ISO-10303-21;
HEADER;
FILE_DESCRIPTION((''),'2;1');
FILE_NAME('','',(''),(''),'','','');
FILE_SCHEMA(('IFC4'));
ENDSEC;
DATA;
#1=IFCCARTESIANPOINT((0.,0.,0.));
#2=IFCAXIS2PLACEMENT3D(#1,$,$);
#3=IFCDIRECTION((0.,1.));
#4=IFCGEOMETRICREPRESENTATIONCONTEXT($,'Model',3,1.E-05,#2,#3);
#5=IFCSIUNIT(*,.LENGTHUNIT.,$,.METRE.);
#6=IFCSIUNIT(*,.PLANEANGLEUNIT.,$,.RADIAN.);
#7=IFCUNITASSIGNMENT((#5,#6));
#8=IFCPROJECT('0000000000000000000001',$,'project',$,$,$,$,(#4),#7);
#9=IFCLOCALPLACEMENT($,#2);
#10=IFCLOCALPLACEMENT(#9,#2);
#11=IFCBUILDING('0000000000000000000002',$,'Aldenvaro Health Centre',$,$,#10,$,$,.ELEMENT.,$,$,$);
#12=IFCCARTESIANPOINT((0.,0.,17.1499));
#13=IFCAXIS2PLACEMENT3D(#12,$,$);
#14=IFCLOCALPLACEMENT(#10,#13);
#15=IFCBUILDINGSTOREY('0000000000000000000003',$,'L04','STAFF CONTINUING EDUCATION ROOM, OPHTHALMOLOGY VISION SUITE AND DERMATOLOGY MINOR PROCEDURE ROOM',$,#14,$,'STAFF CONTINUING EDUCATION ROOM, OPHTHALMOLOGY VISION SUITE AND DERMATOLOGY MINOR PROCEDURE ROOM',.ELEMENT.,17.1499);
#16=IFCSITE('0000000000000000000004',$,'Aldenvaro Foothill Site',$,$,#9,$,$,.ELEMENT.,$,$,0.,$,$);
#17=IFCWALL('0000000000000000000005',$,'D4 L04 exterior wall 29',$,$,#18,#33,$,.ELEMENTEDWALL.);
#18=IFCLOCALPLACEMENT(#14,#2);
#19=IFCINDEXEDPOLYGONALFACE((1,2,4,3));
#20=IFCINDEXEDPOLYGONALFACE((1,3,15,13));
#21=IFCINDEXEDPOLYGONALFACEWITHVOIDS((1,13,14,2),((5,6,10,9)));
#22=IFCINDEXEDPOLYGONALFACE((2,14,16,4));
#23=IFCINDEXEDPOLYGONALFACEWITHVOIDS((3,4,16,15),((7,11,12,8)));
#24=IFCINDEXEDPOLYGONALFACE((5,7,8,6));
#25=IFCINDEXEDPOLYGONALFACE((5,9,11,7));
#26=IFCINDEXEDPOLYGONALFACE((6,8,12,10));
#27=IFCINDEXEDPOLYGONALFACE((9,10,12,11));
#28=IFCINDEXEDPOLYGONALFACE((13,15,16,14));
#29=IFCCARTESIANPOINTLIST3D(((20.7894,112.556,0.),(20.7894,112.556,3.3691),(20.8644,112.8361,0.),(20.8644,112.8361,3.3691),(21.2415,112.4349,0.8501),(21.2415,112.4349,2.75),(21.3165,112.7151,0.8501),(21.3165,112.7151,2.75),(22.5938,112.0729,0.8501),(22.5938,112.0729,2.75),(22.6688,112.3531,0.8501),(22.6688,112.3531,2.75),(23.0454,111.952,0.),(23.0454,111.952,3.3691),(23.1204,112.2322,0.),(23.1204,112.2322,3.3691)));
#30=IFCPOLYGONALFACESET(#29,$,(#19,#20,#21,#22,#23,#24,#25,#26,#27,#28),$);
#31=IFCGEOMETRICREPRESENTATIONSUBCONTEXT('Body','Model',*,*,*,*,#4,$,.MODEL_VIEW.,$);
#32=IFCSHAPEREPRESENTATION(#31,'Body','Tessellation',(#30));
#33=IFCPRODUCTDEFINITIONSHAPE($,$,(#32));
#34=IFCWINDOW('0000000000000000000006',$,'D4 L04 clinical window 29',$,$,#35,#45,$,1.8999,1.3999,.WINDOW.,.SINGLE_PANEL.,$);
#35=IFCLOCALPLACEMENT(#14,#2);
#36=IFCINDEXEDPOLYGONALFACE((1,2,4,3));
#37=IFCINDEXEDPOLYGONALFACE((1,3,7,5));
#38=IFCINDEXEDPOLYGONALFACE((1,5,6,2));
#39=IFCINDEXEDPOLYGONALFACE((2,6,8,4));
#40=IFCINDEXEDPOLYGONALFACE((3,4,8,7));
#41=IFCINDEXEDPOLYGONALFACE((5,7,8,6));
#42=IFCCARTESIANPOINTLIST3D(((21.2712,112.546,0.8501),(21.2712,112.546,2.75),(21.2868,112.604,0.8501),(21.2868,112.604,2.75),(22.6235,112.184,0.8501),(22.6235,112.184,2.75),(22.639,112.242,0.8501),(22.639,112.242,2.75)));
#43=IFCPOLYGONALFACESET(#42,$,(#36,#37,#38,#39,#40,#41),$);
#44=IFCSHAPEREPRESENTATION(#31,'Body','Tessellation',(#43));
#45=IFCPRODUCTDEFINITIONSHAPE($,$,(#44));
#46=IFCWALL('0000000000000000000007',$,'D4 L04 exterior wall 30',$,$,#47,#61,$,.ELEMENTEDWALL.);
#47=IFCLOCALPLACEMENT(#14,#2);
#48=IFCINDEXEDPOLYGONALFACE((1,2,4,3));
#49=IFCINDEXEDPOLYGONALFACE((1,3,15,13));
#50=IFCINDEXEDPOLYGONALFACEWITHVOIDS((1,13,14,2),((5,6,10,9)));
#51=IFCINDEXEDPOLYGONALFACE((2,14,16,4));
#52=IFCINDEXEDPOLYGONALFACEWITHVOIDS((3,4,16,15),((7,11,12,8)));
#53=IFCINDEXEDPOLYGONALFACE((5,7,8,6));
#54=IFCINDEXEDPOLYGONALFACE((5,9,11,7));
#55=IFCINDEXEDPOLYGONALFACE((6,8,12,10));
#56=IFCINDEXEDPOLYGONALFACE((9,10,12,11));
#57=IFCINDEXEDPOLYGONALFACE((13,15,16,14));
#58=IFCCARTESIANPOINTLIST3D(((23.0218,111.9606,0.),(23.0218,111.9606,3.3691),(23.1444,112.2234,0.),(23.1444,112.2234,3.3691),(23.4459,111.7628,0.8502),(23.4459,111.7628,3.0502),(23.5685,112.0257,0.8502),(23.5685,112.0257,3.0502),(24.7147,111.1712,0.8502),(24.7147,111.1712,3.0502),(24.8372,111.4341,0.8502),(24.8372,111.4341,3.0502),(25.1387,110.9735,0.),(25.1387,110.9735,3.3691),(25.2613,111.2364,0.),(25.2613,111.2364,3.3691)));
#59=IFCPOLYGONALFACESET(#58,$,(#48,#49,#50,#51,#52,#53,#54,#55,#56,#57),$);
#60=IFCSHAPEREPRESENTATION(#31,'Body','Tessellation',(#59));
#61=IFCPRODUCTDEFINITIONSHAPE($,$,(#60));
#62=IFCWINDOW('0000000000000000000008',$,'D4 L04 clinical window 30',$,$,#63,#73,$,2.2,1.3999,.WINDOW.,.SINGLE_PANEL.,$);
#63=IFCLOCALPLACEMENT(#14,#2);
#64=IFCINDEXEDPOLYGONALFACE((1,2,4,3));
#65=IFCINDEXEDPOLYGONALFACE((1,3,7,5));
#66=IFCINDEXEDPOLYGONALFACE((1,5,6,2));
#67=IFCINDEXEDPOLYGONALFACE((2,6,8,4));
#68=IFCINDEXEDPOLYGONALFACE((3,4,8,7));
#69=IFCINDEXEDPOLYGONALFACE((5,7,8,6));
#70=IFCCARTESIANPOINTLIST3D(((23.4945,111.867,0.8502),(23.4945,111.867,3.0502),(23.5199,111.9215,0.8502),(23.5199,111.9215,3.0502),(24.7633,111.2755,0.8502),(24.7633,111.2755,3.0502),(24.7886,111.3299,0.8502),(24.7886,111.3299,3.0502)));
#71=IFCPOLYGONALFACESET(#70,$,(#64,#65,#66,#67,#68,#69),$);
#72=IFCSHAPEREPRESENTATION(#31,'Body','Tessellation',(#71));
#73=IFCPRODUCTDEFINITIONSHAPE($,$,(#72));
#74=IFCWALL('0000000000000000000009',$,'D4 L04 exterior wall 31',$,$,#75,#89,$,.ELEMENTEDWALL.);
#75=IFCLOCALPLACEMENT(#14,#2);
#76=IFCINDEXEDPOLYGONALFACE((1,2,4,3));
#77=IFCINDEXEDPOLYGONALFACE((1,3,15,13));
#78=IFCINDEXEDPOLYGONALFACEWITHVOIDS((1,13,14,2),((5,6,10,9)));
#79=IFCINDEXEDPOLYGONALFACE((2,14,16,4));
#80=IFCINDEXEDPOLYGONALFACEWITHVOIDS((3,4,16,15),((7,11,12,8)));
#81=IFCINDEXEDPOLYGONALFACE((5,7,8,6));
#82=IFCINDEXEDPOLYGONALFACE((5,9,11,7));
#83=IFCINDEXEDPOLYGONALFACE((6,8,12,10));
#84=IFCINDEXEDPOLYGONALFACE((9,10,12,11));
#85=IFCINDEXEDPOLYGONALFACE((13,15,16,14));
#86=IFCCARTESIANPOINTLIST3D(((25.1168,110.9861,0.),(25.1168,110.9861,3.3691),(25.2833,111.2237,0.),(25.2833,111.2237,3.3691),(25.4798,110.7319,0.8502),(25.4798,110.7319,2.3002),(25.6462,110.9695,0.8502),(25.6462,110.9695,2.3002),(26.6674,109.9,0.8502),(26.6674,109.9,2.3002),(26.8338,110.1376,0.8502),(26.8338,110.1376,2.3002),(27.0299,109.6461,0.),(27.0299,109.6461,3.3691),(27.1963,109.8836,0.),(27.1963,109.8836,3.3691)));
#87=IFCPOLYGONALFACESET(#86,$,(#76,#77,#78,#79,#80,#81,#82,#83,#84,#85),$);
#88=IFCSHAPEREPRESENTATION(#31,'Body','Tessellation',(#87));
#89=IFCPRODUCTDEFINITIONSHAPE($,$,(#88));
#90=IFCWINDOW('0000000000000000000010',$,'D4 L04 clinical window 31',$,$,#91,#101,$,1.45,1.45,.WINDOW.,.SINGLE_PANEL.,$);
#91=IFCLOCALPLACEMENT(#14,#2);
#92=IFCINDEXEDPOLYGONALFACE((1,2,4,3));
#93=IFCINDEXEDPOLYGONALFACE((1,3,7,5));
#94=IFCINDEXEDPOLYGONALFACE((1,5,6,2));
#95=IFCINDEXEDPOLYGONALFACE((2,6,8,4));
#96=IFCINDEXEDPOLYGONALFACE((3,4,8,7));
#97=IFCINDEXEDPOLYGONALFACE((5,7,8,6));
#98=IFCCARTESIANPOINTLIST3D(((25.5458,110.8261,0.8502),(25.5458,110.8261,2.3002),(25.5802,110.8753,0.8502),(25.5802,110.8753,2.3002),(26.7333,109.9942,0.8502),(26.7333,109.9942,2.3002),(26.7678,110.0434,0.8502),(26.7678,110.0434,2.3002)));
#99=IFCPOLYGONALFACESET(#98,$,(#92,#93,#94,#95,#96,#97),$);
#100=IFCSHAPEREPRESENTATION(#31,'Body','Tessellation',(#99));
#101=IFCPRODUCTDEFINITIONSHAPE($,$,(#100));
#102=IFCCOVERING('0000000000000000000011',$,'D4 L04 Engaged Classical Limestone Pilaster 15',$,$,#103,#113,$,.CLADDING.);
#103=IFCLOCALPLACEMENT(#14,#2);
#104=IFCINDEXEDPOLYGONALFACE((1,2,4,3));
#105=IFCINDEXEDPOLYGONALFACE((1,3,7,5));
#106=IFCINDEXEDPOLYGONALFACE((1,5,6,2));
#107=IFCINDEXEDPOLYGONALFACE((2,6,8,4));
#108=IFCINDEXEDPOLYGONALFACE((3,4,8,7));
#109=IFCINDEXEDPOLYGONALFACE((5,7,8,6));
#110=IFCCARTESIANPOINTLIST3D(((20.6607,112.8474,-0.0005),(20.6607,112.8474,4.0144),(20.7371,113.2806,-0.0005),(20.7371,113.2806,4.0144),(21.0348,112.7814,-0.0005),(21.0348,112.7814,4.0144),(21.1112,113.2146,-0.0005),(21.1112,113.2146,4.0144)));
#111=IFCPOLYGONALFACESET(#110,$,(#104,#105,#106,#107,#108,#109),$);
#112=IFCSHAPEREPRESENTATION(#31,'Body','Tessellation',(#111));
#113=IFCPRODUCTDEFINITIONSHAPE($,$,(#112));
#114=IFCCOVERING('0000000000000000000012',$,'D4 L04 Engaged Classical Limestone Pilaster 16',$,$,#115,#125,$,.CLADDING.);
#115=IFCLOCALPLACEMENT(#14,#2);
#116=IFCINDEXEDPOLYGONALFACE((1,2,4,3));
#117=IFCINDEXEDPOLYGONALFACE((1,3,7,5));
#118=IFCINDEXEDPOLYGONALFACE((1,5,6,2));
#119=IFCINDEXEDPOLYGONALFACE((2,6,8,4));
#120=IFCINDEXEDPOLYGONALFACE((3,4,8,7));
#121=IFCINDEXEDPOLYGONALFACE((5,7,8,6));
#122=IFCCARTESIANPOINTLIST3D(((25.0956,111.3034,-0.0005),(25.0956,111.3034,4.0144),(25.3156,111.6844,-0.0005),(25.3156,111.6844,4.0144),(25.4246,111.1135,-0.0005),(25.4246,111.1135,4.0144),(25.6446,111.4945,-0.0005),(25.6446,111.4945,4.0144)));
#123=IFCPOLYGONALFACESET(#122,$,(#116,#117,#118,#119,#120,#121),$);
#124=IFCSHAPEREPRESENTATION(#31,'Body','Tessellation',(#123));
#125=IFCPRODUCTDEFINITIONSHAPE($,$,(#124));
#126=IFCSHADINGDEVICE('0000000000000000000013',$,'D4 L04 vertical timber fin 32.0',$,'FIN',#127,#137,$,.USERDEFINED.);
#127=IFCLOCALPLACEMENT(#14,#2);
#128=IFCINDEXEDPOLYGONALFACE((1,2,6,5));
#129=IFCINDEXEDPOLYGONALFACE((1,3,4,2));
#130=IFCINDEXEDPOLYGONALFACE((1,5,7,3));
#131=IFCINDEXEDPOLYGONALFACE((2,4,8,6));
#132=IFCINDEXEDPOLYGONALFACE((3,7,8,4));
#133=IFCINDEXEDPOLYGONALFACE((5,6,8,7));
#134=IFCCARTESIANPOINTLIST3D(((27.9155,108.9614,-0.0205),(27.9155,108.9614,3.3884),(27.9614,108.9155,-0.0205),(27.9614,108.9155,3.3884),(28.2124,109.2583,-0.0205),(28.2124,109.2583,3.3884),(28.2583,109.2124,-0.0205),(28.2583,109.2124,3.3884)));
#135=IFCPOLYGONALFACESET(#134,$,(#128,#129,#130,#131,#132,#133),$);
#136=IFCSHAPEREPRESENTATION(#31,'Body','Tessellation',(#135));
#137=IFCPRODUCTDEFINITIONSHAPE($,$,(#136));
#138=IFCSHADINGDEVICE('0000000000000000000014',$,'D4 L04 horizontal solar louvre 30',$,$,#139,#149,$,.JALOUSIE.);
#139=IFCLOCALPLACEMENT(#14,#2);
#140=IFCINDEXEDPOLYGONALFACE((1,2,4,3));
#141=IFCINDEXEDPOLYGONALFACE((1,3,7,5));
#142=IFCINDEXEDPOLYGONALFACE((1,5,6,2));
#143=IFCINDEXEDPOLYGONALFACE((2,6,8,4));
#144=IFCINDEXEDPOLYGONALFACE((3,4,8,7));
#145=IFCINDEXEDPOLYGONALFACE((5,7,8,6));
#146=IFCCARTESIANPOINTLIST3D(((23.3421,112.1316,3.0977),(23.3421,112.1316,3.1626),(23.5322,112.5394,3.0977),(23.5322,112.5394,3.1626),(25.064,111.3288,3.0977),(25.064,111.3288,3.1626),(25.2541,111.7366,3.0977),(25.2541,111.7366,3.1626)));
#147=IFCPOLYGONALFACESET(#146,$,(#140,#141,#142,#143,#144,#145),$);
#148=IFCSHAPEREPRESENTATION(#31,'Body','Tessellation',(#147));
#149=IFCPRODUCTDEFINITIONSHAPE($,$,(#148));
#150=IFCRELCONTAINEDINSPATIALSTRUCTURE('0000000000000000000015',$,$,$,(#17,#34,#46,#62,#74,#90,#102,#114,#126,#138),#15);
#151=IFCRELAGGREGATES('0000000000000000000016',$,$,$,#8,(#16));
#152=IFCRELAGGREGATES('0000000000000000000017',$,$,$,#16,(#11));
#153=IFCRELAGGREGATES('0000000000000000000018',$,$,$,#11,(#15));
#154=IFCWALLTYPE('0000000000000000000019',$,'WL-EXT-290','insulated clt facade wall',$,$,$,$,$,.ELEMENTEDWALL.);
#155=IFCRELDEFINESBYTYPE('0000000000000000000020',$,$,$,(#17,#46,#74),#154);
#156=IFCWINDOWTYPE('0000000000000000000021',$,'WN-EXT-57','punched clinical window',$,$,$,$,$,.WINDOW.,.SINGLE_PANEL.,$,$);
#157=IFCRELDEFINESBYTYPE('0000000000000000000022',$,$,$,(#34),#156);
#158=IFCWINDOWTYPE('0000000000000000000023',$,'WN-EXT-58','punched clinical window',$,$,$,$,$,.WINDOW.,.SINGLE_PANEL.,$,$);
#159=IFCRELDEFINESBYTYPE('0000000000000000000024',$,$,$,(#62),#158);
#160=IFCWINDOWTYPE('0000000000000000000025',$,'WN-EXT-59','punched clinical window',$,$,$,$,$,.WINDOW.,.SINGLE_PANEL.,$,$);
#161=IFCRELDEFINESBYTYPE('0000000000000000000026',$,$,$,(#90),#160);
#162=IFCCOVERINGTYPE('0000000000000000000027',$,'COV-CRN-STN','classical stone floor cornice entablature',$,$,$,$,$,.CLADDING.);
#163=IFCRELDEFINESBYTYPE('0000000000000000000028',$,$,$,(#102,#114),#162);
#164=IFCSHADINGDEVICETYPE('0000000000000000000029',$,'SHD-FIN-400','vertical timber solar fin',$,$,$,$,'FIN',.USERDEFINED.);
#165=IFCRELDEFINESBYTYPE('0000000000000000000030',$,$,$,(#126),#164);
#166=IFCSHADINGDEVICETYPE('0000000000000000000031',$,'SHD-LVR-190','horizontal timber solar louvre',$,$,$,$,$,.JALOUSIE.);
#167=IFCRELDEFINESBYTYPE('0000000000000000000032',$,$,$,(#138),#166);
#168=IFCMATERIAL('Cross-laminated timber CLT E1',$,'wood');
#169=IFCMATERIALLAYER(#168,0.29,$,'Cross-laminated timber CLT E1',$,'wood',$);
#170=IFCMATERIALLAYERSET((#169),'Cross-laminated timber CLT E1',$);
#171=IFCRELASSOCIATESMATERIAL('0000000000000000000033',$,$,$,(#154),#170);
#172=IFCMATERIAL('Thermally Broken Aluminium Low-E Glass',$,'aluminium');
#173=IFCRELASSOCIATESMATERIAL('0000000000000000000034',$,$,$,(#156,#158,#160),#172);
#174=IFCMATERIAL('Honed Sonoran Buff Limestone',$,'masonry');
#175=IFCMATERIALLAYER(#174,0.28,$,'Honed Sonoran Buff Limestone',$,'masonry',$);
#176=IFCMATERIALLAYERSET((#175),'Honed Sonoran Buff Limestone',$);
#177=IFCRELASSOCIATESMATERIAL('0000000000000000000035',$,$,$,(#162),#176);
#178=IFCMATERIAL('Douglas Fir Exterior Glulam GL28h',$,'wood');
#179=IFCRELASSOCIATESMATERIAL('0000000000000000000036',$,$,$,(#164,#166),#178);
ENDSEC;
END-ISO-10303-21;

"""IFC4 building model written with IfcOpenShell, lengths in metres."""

from ifc_helpers import new_model, si_unit, direction, frame, frame_2d, origin, origin_2d, place, context, subcontext, project, spatial, rectangle, extrude, material, layer, layer_set, type_object, element, fill, save


model = new_model("IFC4")

# Units and contexts
model_context = context("Model", 3, precision=1e-05, world=origin(), true_north=direction((0.0, 1.0)))
body_context = subcontext(model_context, "Body", "Model", "MODEL_VIEW")
ifc_project = project(units=[si_unit("LENGTHUNIT", "METRE"), si_unit("PLANEANGLEUNIT", "RADIAN")], contexts=[model_context])

# Site, building, storey
site_placement = place(None, origin())
site = spatial("IfcSite", under=ifc_project, at=site_placement, Name="Aldenvaro Foothill Site", CompositionType="ELEMENT", RefElevation=0.0)
building_placement = place(site_placement, origin())
building = spatial("IfcBuilding", under=site, at=building_placement, Name="Aldenvaro Health Centre", CompositionType="ELEMENT")
storey_placement = place(building_placement, frame((0.0, 0.0, 17.1499)))
storey = spatial("IfcBuildingStorey", under=building, at=storey_placement, Name="L04", Description="STAFF CONTINUING EDUCATION ROOM, OPHTHALMOLOGY VISION SUITE AND DERMATOLOGY MINOR PROCEDURE ROOM", LongName="STAFF CONTINUING EDUCATION ROOM, OPHTHALMOLOGY VISION SUITE AND DERMATOLOGY MINOR PROCEDURE ROOM", CompositionType="ELEMENT", Elevation=17.1499)

# Walls, openings, windows
ifc_material_1 = material(Name="Cross-laminated timber CLT E1", Category="wood")
ifc_layer_1 = layer(ifc_material_1, 0.29, Name="Cross-laminated timber CLT E1", Category="wood")
ifc_layer_set_1 = layer_set([ifc_layer_1], Name="Cross-laminated timber CLT E1")
wall_type = type_object("IfcWallType", Name="WL-EXT-290", Description="insulated clt facade wall", PredefinedType="ELEMENTEDWALL", material=ifc_layer_set_1)
wall_1_placement = place(storey_placement, frame((20.8269, 112.696, 0.0), z_axis=(0.0, 0.0, 1.0), x_axis=(0.965981, -0.258612, 0.0)))
wall_1 = element("IfcWall", 1, at=wall_1_placement, inside=storey, type_object=wall_type, Name="D4 L04 exterior wall 29", PredefinedType="ELEMENTEDWALL", context=body_context, shape_type="SweptSolid", body=[
    extrude(rectangle(XDim=2.3354, YDim=0.29, at=frame_2d((1.1677, 0.0))), origin(), (0.0, 0.0, 1.0), 3.3691),
])
opening_1_placement = place(wall_1_placement, frame((0.468, 0.0, 0.8501)))
opening_1 = element("IfcOpeningElement", 2, at=opening_1_placement, cuts=wall_1, PredefinedType="OPENING", context=body_context, shape_type="SweptSolid", body=[
    extrude(rectangle(XDim=1.3999, YDim=1.8999, at=frame_2d((0.7, 0.95))), frame((0.0, 0.155, 0.0), z_axis=(0.0, -1.0, 0.0), x_axis=(1.0, 0.0, 0.0)), (0.0, 0.0, 1.0), 0.3101),
])
ifc_material_2 = material(Name="Thermally Broken Aluminium Low-E Glass", Category="aluminium")
window_type_1 = type_object("IfcWindowType", Name="WN-EXT-57", Description="punched clinical window", PartitioningType="SINGLE_PANEL", PredefinedType="WINDOW", material=ifc_material_2)
window_1_placement = place(opening_1_placement, origin())
window_1 = element("IfcWindow", 3, at=window_1_placement, inside=storey, type_object=window_type_1, Name="D4 L04 clinical window 29", OverallHeight=1.8999, OverallWidth=1.3999, PartitioningType="SINGLE_PANEL", PredefinedType="WINDOW", context=body_context, shape_type="SweptSolid", body=[
    extrude(rectangle(XDim=1.3999, YDim=1.8999, at=frame_2d((0.7, 0.95))), frame((0.0, 0.03, 0.0), z_axis=(0.0, -1.0, 0.0), x_axis=(1.0, 0.0, 0.0)), (0.0, 0.0, 1.0), 0.0601),
])
fill(opening_1, window_1)
wall_2_placement = place(storey_placement, frame((23.083, 112.092, 0.0), z_axis=(0.0, 0.0, 1.0), x_axis=(0.906322, -0.422588, 0.0)))
wall_2 = element("IfcWall", 4, at=wall_2_placement, inside=storey, type_object=wall_type, Name="D4 L04 exterior wall 30", PredefinedType="ELEMENTEDWALL", context=body_context, shape_type="SweptSolid", body=[
    extrude(rectangle(XDim=2.3357, YDim=0.29, at=frame_2d((1.168, 0.0))), origin(), (0.0, 0.0, 1.0), 3.3691),
])
opening_2_placement = place(wall_2_placement, frame((0.468, 0.0, 0.8501)))
opening_2 = element("IfcOpeningElement", 5, at=opening_2_placement, cuts=wall_2, PredefinedType="OPENING", context=body_context, shape_type="SweptSolid", body=[
    extrude(rectangle(XDim=1.3999, YDim=2.2, at=frame_2d((0.7, 1.1001))), frame((0.0, 0.155, 0.0), z_axis=(0.0, -1.0, 0.0), x_axis=(1.0, 0.0, 0.0)), (0.0, 0.0, 1.0), 0.3101),
])
window_type_2 = type_object("IfcWindowType", Name="WN-EXT-58", Description="punched clinical window", PartitioningType="SINGLE_PANEL", PredefinedType="WINDOW", material=ifc_material_2)
window_2_placement = place(opening_2_placement, origin())
window_2 = element("IfcWindow", 6, at=window_2_placement, inside=storey, type_object=window_type_2, Name="D4 L04 clinical window 30", OverallHeight=2.2, OverallWidth=1.3999, PartitioningType="SINGLE_PANEL", PredefinedType="WINDOW", context=body_context, shape_type="SweptSolid", body=[
    extrude(rectangle(XDim=1.3999, YDim=2.2, at=frame_2d((0.7, 1.1001))), frame((0.0, 0.03, 0.0), z_axis=(0.0, -1.0, 0.0), x_axis=(1.0, 0.0, 0.0)), (0.0, 0.0, 1.0), 0.0601),
])
fill(opening_2, window_2)
wall_3_placement = place(storey_placement, frame((25.2, 111.105, 0.0), z_axis=(0.0, 0.0, 1.0), x_axis=(0.819045, -0.573729, 0.0)))
wall_3 = element("IfcWall", 7, at=wall_3_placement, inside=storey, type_object=wall_type, Name="D4 L04 exterior wall 31", PredefinedType="ELEMENTEDWALL", context=body_context, shape_type="SweptSolid", body=[
    extrude(rectangle(XDim=2.3357, YDim=0.29, at=frame_2d((1.168, 0.0))), origin(), (0.0, 0.0, 1.0), 3.3691),
])
opening_3_placement = place(wall_3_placement, frame((0.4431, 0.0, 0.8501)))
opening_3 = element("IfcOpeningElement", 8, at=opening_3_placement, cuts=wall_3, PredefinedType="OPENING", context=body_context, shape_type="SweptSolid", body=[
    extrude(rectangle(XDim=1.45, YDim=1.45, at=frame_2d((0.7251, 0.7251))), frame((0.0, 0.155, 0.0), z_axis=(0.0, -1.0, 0.0), x_axis=(1.0, 0.0, 0.0)), (0.0, 0.0, 1.0), 0.3101),
])
window_type_3 = type_object("IfcWindowType", Name="WN-EXT-59", Description="punched clinical window", PartitioningType="SINGLE_PANEL", PredefinedType="WINDOW", material=ifc_material_2)
window_3_placement = place(opening_3_placement, origin())
window_3 = element("IfcWindow", 9, at=window_3_placement, inside=storey, type_object=window_type_3, Name="D4 L04 clinical window 31", OverallHeight=1.45, OverallWidth=1.45, PartitioningType="SINGLE_PANEL", PredefinedType="WINDOW", context=body_context, shape_type="SweptSolid", body=[
    extrude(rectangle(XDim=1.45, YDim=1.45, at=frame_2d((0.7251, 0.7251))), frame((0.0, 0.03, 0.0), z_axis=(0.0, -1.0, 0.0), x_axis=(1.0, 0.0, 0.0)), (0.0, 0.0, 1.0), 0.0601),
])
fill(opening_3, window_3)

# Coverings
ifc_material_3 = material(Name="Honed Sonoran Buff Limestone", Category="masonry")
ifc_layer_2 = layer(ifc_material_3, 0.28, Name="Honed Sonoran Buff Limestone", Category="masonry")
ifc_layer_set_2 = layer_set([ifc_layer_2], Name="Honed Sonoran Buff Limestone")
covering_type = type_object("IfcCoveringType", Name="COV-CRN-STN", Description="classical stone floor cornice entablature", PredefinedType="CLADDING", material=ifc_layer_set_2)
for number, where, z_axis, x_axis, name in (
    (10, (20.886, 113.031, -0.0005), (0.0, 0.0, 1.0), (0.173662, 0.984805, 0.0), "D4 L04 Engaged Classical Limestone Pilaster 15"),
    (11, (25.3701, 111.3989, -0.0005), (0.0, 0.0, 1.0), (0.499992, 0.86603, 0.0), "D4 L04 Engaged Classical Limestone Pilaster 16"),
):
    element("IfcCovering", number, at=place(storey_placement, frame(where, z_axis=z_axis, x_axis=x_axis)), inside=storey, type_object=covering_type, Name=name, PredefinedType="CLADDING", context=body_context, shape_type="SweptSolid", body=[
        extrude(rectangle(XDim=0.4399, YDim=0.3799, at=origin_2d()), origin(), (0.0, 0.0, 1.0), 4.0149),
    ])

# Shading devices
ifc_material_4 = material(Name="Douglas Fir Exterior Glulam GL28h", Category="wood")
shading_device_type_1 = type_object("IfcShadingDeviceType", Name="SHD-FIN-400", Description="vertical timber solar fin", ElementType="FIN", PredefinedType="USERDEFINED", material=ifc_material_4)
shading_device_1_placement = place(storey_placement, frame((28.0869, 109.0869, -0.0205), z_axis=(0.0, 0.0, 1.0), x_axis=(0.707107, -0.707107, 0.0)))
element("IfcShadingDevice", 12, at=shading_device_1_placement, inside=storey, type_object=shading_device_type_1, Name="D4 L04 vertical timber fin 32.0", ObjectType="FIN", PredefinedType="USERDEFINED", context=body_context, shape_type="SweptSolid", body=[
    extrude(rectangle(XDim=0.0649, YDim=0.4199, at=origin_2d()), origin(), (0.0, 0.0, 1.0), 3.4089),
])
shading_device_type_2 = type_object("IfcShadingDeviceType", Name="SHD-LVR-190", Description="horizontal timber solar louvre", PredefinedType="JALOUSIE", material=ifc_material_4)
shading_device_2_placement = place(storey_placement, frame((24.2981, 111.9341, 3.0977), z_axis=(0.0, 0.0, 1.0), x_axis=(0.906336, -0.422557, 0.0)))
element("IfcShadingDevice", 13, at=shading_device_2_placement, inside=storey, type_object=shading_device_type_2, Name="D4 L04 horizontal solar louvre 30", PredefinedType="JALOUSIE", context=body_context, shape_type="SweptSolid", body=[
    extrude(rectangle(XDim=1.8999, YDim=0.45, at=origin_2d()), origin(), (0.0, 0.0, 1.0), 0.0649),
])

save(model, "model.ifc")
